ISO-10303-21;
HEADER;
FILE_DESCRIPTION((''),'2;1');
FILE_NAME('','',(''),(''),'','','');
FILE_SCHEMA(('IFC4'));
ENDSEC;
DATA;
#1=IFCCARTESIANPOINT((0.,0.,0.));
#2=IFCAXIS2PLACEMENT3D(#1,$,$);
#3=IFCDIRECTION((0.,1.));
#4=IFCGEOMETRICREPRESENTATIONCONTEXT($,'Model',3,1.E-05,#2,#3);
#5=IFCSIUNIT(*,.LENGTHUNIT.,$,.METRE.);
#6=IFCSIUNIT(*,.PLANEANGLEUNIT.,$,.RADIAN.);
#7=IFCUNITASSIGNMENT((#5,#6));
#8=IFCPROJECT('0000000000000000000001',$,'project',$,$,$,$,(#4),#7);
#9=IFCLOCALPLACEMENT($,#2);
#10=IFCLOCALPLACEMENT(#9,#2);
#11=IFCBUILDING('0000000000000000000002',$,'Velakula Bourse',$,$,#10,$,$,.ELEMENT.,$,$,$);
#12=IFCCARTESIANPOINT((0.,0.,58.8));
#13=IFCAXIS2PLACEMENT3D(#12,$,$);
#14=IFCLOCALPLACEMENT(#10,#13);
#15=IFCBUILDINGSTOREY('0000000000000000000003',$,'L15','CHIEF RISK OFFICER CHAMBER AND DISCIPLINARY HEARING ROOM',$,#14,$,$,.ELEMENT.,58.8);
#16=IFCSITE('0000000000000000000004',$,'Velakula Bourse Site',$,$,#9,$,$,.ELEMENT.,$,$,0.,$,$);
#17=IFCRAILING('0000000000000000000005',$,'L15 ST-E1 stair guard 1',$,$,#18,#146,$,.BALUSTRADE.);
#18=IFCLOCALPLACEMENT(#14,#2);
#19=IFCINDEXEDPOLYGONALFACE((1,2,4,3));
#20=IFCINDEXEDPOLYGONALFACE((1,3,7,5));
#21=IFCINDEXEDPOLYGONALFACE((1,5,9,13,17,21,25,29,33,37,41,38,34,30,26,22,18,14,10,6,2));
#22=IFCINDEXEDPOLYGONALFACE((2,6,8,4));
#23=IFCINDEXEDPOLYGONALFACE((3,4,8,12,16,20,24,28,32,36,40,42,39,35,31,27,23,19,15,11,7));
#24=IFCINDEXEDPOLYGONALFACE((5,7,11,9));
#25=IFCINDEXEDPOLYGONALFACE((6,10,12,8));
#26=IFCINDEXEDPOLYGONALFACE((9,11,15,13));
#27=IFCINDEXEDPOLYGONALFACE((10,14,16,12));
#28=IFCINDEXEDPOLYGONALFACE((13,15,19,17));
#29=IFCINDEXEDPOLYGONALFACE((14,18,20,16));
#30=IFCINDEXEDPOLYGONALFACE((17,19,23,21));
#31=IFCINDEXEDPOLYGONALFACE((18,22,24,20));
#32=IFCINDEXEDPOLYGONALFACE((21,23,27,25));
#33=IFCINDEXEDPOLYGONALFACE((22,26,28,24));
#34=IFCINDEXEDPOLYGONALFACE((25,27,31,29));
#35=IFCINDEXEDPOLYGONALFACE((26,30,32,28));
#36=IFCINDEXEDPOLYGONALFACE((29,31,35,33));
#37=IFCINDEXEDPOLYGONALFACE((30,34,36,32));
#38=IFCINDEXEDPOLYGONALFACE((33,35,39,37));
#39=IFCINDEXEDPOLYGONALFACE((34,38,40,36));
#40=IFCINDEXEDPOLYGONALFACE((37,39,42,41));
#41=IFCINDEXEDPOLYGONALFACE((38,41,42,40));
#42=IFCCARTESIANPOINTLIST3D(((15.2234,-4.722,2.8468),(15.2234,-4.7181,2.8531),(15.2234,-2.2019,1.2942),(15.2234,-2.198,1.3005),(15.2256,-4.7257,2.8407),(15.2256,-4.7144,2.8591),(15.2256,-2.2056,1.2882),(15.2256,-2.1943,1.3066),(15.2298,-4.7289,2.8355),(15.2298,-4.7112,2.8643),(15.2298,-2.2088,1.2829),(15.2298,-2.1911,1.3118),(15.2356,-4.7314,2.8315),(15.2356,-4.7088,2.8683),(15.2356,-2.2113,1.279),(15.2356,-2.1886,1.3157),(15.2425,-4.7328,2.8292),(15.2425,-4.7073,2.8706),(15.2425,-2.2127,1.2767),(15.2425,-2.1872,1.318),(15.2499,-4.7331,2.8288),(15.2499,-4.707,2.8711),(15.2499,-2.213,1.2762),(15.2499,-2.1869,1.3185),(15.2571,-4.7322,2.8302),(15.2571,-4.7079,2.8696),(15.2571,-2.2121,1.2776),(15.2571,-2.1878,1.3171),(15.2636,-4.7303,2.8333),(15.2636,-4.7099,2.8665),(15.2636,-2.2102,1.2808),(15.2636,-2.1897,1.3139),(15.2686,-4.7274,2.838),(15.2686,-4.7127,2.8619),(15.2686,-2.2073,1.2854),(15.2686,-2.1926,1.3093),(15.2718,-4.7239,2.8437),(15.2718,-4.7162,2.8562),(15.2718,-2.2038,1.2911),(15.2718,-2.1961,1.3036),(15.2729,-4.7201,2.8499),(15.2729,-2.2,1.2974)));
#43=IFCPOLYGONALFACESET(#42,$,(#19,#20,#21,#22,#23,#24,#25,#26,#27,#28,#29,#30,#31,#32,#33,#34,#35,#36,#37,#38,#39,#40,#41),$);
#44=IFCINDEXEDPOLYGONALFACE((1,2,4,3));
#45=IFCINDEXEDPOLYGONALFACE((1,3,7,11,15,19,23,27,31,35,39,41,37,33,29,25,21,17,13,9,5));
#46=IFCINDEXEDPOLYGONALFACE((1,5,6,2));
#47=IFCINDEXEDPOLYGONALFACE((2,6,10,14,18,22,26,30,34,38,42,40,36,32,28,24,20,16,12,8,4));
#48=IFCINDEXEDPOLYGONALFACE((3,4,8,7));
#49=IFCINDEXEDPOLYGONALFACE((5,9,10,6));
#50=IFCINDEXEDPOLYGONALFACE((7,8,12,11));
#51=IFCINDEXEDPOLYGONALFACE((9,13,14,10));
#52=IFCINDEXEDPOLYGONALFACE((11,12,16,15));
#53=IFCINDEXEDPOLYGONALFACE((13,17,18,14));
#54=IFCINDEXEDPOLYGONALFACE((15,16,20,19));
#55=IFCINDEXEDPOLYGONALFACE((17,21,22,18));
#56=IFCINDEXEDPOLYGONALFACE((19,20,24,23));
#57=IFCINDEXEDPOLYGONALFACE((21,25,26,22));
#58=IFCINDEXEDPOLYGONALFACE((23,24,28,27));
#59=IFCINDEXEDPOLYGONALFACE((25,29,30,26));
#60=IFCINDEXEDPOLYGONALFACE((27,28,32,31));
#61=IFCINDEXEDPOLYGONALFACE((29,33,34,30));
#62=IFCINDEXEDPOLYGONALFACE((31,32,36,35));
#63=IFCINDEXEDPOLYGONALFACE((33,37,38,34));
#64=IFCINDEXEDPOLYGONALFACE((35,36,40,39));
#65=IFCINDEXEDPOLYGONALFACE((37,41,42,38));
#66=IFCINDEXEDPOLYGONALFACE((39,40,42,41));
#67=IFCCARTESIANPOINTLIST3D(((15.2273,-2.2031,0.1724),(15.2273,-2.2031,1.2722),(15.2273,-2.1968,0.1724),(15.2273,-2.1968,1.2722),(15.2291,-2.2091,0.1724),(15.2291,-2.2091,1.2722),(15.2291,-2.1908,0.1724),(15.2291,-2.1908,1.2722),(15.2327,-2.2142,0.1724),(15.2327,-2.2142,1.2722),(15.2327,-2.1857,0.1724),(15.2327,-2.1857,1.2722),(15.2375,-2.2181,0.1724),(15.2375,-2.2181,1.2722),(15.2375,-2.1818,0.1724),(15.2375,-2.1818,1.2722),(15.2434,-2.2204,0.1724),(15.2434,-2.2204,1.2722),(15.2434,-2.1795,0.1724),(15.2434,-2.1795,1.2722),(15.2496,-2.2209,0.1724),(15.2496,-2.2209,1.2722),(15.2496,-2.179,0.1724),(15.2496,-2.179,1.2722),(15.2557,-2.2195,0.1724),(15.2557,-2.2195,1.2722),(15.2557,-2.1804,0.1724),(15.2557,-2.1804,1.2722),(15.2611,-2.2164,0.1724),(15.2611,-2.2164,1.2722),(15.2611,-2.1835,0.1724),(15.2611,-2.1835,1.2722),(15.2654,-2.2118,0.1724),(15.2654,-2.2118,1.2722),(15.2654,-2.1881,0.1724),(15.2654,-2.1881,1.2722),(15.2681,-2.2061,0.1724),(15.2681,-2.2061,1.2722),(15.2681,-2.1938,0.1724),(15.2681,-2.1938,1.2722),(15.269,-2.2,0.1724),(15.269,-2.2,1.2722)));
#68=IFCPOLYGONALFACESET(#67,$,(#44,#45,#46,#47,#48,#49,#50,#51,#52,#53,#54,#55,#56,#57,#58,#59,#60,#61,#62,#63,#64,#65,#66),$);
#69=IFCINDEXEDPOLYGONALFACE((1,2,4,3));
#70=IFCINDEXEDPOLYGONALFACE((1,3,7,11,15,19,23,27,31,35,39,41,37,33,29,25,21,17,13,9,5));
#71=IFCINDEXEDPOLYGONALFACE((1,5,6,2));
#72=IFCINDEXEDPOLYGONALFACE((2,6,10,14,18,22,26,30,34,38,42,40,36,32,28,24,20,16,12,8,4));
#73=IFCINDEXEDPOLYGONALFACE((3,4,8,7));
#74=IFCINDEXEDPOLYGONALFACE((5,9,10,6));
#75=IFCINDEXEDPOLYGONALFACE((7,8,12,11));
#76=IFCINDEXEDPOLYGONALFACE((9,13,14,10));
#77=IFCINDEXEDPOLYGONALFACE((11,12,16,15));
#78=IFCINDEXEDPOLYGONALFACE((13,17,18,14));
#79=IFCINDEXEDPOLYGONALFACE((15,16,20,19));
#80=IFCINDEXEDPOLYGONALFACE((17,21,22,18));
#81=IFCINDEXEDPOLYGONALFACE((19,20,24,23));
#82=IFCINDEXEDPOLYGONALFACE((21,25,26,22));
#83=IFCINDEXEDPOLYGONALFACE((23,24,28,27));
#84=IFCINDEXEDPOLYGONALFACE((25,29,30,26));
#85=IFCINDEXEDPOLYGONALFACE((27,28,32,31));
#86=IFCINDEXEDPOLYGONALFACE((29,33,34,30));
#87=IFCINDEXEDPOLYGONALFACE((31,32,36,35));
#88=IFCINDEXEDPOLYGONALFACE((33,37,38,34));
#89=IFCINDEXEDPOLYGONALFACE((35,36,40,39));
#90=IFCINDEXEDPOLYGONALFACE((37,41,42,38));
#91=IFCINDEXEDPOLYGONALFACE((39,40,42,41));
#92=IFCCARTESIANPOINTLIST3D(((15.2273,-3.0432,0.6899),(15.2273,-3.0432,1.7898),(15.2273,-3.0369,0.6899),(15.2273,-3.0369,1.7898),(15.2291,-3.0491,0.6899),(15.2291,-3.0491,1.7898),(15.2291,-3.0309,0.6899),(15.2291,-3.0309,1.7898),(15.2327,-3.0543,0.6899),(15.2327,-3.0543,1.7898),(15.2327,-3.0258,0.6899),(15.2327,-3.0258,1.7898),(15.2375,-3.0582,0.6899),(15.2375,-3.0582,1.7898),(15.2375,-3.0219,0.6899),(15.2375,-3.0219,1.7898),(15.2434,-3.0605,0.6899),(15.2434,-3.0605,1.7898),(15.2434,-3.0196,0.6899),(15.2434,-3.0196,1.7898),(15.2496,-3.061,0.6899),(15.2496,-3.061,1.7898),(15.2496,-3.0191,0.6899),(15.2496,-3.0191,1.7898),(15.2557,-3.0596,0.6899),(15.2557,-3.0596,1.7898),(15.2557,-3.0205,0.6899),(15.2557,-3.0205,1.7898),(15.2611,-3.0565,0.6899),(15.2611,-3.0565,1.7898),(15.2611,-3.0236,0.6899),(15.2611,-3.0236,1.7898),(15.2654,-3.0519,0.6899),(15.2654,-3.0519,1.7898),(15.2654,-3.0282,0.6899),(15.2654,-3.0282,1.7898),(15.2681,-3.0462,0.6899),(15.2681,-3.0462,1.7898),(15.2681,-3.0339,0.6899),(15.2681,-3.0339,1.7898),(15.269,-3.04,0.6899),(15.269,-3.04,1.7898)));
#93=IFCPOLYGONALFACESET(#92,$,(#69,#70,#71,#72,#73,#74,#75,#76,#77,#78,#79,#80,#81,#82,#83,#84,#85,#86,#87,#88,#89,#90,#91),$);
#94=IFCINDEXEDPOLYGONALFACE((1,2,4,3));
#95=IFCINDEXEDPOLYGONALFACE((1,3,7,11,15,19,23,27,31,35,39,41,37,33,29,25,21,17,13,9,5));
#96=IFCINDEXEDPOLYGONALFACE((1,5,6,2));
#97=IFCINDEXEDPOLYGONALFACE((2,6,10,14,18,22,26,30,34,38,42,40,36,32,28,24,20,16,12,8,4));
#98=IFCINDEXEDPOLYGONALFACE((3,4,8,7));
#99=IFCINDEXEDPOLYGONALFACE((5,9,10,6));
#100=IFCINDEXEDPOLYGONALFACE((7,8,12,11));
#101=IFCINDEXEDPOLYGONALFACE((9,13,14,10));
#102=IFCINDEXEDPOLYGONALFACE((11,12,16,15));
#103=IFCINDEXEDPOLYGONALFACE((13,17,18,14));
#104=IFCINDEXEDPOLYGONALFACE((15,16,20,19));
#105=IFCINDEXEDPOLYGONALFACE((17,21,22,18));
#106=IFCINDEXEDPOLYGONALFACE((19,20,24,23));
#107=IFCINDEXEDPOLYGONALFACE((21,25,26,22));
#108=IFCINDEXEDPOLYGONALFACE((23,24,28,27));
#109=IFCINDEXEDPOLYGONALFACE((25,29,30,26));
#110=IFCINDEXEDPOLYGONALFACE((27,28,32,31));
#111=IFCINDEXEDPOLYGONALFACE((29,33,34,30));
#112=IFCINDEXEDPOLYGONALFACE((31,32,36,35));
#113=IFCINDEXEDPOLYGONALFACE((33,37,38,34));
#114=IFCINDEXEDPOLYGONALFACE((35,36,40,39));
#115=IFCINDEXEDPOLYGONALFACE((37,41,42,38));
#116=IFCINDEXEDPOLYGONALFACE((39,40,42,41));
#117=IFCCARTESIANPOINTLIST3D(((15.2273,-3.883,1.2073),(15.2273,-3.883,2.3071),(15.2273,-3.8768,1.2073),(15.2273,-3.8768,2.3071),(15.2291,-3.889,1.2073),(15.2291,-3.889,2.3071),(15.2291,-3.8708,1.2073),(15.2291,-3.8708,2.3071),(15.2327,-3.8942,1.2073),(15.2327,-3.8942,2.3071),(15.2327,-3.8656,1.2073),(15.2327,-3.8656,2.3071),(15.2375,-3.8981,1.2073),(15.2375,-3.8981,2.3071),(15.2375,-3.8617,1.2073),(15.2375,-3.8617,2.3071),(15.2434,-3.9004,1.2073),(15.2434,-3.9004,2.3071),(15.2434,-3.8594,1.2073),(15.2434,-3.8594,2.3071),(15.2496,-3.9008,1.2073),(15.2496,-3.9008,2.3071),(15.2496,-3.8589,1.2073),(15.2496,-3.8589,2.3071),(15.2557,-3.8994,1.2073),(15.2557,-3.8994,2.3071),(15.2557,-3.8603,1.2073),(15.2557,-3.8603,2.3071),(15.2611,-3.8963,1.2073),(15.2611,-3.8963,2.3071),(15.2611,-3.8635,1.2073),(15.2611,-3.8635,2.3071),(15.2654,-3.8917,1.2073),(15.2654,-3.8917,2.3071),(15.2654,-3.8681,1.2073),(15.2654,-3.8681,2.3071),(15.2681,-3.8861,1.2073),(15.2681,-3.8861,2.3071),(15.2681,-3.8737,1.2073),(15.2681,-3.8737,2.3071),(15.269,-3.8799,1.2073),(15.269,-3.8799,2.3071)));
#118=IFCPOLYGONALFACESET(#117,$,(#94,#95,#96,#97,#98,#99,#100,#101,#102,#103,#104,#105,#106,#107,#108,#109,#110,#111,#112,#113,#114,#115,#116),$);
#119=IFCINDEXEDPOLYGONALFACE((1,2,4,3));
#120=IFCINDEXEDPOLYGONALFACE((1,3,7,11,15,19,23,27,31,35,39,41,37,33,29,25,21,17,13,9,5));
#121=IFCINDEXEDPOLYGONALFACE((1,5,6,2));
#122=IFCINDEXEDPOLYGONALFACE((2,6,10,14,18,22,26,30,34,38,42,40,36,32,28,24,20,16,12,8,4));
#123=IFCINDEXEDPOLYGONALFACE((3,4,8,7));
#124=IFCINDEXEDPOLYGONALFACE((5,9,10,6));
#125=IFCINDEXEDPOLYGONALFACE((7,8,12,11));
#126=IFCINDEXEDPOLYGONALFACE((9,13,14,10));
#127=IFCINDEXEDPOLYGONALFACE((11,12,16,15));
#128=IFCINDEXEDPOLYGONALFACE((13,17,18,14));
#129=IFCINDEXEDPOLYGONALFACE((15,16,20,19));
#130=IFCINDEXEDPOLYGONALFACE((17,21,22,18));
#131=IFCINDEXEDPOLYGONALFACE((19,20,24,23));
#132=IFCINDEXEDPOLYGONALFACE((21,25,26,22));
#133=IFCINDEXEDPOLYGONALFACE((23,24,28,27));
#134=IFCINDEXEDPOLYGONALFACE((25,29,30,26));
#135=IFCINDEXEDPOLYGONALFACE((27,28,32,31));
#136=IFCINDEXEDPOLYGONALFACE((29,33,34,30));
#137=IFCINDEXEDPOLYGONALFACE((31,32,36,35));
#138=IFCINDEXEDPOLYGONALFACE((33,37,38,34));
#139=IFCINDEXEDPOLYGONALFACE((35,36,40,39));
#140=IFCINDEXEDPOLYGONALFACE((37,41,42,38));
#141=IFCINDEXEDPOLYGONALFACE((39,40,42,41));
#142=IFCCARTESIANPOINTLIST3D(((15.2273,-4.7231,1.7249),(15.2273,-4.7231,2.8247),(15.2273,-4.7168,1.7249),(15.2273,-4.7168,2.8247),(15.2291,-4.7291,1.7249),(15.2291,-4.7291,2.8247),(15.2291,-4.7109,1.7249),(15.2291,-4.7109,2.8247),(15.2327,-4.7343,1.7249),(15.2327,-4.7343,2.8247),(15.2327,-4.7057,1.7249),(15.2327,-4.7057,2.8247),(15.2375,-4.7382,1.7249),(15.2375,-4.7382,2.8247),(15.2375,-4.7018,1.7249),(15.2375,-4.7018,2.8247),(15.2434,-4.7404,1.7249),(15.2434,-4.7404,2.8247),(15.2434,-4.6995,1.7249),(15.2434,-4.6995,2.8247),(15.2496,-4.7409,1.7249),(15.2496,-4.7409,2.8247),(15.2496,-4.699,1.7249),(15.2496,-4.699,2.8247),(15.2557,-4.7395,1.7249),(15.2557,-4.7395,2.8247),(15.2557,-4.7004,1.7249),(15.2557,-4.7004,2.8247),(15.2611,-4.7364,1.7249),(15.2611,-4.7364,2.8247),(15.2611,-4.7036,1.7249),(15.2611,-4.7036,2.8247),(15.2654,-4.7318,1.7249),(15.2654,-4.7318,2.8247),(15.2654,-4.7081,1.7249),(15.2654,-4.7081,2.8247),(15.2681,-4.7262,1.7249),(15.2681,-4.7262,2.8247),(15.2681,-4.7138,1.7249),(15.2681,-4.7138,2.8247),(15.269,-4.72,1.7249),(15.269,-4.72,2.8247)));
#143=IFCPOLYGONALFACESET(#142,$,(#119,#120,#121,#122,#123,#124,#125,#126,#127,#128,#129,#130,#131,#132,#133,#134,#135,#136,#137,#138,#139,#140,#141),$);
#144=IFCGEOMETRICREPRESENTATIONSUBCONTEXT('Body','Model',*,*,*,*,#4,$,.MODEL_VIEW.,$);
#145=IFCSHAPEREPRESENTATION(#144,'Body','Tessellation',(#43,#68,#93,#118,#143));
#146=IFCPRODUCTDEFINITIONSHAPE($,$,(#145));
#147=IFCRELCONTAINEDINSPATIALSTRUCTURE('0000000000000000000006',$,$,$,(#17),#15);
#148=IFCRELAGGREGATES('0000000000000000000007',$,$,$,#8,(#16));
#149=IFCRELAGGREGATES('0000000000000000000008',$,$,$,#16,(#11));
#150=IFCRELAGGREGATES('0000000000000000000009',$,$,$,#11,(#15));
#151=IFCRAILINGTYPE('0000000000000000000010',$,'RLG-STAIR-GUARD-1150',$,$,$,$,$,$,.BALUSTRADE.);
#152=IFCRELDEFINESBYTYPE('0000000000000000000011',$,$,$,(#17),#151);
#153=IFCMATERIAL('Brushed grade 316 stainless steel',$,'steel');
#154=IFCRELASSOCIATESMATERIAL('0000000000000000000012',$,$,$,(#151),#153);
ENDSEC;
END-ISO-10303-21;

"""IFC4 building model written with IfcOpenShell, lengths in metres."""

from ifc_helpers import new_model, si_unit, direction, frame, origin, origin_2d, place, context, subcontext, project, spatial, circle, extrude, material, type_object, element, save


model = new_model("IFC4")

# Units and contexts
model_context = context("Model", 3, precision=1e-05, world=origin(), true_north=direction((0.0, 1.0)))
body_context = subcontext(model_context, "Body", "Model", "MODEL_VIEW")
ifc_project = project(units=[si_unit("LENGTHUNIT", "METRE"), si_unit("PLANEANGLEUNIT", "RADIAN")], contexts=[model_context])

# Site, building, storey
site_placement = place(None, origin())
site = spatial("IfcSite", under=ifc_project, at=site_placement, Name="Velakula Bourse Site", CompositionType="ELEMENT", RefElevation=0.0)
building_placement = place(site_placement, origin())
building = spatial("IfcBuilding", under=site, at=building_placement, Name="Velakula Bourse", CompositionType="ELEMENT")
storey_placement = place(building_placement, frame((0.0, 0.0, 58.8)))
storey = spatial("IfcBuildingStorey", under=building, at=storey_placement, Name="L15", Description="CHIEF RISK OFFICER CHAMBER AND DISCIPLINARY HEARING ROOM", CompositionType="ELEMENT", Elevation=58.8)

# Shared definitions
ifc_material_1 = material(Name="Brushed grade 316 stainless steel", Category="steel")

# Railing
railing_type_1 = type_object("IfcRailingType", Name="RLG-STAIR-GUARD-1150", PredefinedType="BALUSTRADE", material=ifc_material_1)
railing_1_placement = place(storey_placement, frame((15.248, -2.2, 0.1724)))
element("IfcRailing", 1, at=railing_1_placement, inside=storey, type_object=railing_type_1, Name="L15 ST-E1 stair guard 1", PredefinedType="BALUSTRADE", context=body_context, shape_type="SweptSolid", body=[
    extrude(circle(Radius=0.0249, at=origin_2d()), frame((0.0, 0.0, 1.125), z_axis=(0.0, -0.8514, 0.524516), x_axis=(1.0, 0.0, 0.0)), (0.0, 0.0, 1.0), 2.96),
    extrude(circle(Radius=0.021, at=origin_2d()), origin(), (0.0, 0.0, 1.0), 1.0999),
    extrude(circle(Radius=0.021, at=origin_2d()), frame((0.0, -0.8401, 0.5176)), (0.0, 0.0, 1.0), 1.0999),
    extrude(circle(Radius=0.021, at=origin_2d()), frame((0.0, -1.6799, 1.0349)), (0.0, 0.0, 1.0), 1.0999),
    extrude(circle(Radius=0.021, at=origin_2d()), frame((0.0, -2.52, 1.5525)), (0.0, 0.0, 1.0), 1.0999),
])

save(model, "model.ifc")
